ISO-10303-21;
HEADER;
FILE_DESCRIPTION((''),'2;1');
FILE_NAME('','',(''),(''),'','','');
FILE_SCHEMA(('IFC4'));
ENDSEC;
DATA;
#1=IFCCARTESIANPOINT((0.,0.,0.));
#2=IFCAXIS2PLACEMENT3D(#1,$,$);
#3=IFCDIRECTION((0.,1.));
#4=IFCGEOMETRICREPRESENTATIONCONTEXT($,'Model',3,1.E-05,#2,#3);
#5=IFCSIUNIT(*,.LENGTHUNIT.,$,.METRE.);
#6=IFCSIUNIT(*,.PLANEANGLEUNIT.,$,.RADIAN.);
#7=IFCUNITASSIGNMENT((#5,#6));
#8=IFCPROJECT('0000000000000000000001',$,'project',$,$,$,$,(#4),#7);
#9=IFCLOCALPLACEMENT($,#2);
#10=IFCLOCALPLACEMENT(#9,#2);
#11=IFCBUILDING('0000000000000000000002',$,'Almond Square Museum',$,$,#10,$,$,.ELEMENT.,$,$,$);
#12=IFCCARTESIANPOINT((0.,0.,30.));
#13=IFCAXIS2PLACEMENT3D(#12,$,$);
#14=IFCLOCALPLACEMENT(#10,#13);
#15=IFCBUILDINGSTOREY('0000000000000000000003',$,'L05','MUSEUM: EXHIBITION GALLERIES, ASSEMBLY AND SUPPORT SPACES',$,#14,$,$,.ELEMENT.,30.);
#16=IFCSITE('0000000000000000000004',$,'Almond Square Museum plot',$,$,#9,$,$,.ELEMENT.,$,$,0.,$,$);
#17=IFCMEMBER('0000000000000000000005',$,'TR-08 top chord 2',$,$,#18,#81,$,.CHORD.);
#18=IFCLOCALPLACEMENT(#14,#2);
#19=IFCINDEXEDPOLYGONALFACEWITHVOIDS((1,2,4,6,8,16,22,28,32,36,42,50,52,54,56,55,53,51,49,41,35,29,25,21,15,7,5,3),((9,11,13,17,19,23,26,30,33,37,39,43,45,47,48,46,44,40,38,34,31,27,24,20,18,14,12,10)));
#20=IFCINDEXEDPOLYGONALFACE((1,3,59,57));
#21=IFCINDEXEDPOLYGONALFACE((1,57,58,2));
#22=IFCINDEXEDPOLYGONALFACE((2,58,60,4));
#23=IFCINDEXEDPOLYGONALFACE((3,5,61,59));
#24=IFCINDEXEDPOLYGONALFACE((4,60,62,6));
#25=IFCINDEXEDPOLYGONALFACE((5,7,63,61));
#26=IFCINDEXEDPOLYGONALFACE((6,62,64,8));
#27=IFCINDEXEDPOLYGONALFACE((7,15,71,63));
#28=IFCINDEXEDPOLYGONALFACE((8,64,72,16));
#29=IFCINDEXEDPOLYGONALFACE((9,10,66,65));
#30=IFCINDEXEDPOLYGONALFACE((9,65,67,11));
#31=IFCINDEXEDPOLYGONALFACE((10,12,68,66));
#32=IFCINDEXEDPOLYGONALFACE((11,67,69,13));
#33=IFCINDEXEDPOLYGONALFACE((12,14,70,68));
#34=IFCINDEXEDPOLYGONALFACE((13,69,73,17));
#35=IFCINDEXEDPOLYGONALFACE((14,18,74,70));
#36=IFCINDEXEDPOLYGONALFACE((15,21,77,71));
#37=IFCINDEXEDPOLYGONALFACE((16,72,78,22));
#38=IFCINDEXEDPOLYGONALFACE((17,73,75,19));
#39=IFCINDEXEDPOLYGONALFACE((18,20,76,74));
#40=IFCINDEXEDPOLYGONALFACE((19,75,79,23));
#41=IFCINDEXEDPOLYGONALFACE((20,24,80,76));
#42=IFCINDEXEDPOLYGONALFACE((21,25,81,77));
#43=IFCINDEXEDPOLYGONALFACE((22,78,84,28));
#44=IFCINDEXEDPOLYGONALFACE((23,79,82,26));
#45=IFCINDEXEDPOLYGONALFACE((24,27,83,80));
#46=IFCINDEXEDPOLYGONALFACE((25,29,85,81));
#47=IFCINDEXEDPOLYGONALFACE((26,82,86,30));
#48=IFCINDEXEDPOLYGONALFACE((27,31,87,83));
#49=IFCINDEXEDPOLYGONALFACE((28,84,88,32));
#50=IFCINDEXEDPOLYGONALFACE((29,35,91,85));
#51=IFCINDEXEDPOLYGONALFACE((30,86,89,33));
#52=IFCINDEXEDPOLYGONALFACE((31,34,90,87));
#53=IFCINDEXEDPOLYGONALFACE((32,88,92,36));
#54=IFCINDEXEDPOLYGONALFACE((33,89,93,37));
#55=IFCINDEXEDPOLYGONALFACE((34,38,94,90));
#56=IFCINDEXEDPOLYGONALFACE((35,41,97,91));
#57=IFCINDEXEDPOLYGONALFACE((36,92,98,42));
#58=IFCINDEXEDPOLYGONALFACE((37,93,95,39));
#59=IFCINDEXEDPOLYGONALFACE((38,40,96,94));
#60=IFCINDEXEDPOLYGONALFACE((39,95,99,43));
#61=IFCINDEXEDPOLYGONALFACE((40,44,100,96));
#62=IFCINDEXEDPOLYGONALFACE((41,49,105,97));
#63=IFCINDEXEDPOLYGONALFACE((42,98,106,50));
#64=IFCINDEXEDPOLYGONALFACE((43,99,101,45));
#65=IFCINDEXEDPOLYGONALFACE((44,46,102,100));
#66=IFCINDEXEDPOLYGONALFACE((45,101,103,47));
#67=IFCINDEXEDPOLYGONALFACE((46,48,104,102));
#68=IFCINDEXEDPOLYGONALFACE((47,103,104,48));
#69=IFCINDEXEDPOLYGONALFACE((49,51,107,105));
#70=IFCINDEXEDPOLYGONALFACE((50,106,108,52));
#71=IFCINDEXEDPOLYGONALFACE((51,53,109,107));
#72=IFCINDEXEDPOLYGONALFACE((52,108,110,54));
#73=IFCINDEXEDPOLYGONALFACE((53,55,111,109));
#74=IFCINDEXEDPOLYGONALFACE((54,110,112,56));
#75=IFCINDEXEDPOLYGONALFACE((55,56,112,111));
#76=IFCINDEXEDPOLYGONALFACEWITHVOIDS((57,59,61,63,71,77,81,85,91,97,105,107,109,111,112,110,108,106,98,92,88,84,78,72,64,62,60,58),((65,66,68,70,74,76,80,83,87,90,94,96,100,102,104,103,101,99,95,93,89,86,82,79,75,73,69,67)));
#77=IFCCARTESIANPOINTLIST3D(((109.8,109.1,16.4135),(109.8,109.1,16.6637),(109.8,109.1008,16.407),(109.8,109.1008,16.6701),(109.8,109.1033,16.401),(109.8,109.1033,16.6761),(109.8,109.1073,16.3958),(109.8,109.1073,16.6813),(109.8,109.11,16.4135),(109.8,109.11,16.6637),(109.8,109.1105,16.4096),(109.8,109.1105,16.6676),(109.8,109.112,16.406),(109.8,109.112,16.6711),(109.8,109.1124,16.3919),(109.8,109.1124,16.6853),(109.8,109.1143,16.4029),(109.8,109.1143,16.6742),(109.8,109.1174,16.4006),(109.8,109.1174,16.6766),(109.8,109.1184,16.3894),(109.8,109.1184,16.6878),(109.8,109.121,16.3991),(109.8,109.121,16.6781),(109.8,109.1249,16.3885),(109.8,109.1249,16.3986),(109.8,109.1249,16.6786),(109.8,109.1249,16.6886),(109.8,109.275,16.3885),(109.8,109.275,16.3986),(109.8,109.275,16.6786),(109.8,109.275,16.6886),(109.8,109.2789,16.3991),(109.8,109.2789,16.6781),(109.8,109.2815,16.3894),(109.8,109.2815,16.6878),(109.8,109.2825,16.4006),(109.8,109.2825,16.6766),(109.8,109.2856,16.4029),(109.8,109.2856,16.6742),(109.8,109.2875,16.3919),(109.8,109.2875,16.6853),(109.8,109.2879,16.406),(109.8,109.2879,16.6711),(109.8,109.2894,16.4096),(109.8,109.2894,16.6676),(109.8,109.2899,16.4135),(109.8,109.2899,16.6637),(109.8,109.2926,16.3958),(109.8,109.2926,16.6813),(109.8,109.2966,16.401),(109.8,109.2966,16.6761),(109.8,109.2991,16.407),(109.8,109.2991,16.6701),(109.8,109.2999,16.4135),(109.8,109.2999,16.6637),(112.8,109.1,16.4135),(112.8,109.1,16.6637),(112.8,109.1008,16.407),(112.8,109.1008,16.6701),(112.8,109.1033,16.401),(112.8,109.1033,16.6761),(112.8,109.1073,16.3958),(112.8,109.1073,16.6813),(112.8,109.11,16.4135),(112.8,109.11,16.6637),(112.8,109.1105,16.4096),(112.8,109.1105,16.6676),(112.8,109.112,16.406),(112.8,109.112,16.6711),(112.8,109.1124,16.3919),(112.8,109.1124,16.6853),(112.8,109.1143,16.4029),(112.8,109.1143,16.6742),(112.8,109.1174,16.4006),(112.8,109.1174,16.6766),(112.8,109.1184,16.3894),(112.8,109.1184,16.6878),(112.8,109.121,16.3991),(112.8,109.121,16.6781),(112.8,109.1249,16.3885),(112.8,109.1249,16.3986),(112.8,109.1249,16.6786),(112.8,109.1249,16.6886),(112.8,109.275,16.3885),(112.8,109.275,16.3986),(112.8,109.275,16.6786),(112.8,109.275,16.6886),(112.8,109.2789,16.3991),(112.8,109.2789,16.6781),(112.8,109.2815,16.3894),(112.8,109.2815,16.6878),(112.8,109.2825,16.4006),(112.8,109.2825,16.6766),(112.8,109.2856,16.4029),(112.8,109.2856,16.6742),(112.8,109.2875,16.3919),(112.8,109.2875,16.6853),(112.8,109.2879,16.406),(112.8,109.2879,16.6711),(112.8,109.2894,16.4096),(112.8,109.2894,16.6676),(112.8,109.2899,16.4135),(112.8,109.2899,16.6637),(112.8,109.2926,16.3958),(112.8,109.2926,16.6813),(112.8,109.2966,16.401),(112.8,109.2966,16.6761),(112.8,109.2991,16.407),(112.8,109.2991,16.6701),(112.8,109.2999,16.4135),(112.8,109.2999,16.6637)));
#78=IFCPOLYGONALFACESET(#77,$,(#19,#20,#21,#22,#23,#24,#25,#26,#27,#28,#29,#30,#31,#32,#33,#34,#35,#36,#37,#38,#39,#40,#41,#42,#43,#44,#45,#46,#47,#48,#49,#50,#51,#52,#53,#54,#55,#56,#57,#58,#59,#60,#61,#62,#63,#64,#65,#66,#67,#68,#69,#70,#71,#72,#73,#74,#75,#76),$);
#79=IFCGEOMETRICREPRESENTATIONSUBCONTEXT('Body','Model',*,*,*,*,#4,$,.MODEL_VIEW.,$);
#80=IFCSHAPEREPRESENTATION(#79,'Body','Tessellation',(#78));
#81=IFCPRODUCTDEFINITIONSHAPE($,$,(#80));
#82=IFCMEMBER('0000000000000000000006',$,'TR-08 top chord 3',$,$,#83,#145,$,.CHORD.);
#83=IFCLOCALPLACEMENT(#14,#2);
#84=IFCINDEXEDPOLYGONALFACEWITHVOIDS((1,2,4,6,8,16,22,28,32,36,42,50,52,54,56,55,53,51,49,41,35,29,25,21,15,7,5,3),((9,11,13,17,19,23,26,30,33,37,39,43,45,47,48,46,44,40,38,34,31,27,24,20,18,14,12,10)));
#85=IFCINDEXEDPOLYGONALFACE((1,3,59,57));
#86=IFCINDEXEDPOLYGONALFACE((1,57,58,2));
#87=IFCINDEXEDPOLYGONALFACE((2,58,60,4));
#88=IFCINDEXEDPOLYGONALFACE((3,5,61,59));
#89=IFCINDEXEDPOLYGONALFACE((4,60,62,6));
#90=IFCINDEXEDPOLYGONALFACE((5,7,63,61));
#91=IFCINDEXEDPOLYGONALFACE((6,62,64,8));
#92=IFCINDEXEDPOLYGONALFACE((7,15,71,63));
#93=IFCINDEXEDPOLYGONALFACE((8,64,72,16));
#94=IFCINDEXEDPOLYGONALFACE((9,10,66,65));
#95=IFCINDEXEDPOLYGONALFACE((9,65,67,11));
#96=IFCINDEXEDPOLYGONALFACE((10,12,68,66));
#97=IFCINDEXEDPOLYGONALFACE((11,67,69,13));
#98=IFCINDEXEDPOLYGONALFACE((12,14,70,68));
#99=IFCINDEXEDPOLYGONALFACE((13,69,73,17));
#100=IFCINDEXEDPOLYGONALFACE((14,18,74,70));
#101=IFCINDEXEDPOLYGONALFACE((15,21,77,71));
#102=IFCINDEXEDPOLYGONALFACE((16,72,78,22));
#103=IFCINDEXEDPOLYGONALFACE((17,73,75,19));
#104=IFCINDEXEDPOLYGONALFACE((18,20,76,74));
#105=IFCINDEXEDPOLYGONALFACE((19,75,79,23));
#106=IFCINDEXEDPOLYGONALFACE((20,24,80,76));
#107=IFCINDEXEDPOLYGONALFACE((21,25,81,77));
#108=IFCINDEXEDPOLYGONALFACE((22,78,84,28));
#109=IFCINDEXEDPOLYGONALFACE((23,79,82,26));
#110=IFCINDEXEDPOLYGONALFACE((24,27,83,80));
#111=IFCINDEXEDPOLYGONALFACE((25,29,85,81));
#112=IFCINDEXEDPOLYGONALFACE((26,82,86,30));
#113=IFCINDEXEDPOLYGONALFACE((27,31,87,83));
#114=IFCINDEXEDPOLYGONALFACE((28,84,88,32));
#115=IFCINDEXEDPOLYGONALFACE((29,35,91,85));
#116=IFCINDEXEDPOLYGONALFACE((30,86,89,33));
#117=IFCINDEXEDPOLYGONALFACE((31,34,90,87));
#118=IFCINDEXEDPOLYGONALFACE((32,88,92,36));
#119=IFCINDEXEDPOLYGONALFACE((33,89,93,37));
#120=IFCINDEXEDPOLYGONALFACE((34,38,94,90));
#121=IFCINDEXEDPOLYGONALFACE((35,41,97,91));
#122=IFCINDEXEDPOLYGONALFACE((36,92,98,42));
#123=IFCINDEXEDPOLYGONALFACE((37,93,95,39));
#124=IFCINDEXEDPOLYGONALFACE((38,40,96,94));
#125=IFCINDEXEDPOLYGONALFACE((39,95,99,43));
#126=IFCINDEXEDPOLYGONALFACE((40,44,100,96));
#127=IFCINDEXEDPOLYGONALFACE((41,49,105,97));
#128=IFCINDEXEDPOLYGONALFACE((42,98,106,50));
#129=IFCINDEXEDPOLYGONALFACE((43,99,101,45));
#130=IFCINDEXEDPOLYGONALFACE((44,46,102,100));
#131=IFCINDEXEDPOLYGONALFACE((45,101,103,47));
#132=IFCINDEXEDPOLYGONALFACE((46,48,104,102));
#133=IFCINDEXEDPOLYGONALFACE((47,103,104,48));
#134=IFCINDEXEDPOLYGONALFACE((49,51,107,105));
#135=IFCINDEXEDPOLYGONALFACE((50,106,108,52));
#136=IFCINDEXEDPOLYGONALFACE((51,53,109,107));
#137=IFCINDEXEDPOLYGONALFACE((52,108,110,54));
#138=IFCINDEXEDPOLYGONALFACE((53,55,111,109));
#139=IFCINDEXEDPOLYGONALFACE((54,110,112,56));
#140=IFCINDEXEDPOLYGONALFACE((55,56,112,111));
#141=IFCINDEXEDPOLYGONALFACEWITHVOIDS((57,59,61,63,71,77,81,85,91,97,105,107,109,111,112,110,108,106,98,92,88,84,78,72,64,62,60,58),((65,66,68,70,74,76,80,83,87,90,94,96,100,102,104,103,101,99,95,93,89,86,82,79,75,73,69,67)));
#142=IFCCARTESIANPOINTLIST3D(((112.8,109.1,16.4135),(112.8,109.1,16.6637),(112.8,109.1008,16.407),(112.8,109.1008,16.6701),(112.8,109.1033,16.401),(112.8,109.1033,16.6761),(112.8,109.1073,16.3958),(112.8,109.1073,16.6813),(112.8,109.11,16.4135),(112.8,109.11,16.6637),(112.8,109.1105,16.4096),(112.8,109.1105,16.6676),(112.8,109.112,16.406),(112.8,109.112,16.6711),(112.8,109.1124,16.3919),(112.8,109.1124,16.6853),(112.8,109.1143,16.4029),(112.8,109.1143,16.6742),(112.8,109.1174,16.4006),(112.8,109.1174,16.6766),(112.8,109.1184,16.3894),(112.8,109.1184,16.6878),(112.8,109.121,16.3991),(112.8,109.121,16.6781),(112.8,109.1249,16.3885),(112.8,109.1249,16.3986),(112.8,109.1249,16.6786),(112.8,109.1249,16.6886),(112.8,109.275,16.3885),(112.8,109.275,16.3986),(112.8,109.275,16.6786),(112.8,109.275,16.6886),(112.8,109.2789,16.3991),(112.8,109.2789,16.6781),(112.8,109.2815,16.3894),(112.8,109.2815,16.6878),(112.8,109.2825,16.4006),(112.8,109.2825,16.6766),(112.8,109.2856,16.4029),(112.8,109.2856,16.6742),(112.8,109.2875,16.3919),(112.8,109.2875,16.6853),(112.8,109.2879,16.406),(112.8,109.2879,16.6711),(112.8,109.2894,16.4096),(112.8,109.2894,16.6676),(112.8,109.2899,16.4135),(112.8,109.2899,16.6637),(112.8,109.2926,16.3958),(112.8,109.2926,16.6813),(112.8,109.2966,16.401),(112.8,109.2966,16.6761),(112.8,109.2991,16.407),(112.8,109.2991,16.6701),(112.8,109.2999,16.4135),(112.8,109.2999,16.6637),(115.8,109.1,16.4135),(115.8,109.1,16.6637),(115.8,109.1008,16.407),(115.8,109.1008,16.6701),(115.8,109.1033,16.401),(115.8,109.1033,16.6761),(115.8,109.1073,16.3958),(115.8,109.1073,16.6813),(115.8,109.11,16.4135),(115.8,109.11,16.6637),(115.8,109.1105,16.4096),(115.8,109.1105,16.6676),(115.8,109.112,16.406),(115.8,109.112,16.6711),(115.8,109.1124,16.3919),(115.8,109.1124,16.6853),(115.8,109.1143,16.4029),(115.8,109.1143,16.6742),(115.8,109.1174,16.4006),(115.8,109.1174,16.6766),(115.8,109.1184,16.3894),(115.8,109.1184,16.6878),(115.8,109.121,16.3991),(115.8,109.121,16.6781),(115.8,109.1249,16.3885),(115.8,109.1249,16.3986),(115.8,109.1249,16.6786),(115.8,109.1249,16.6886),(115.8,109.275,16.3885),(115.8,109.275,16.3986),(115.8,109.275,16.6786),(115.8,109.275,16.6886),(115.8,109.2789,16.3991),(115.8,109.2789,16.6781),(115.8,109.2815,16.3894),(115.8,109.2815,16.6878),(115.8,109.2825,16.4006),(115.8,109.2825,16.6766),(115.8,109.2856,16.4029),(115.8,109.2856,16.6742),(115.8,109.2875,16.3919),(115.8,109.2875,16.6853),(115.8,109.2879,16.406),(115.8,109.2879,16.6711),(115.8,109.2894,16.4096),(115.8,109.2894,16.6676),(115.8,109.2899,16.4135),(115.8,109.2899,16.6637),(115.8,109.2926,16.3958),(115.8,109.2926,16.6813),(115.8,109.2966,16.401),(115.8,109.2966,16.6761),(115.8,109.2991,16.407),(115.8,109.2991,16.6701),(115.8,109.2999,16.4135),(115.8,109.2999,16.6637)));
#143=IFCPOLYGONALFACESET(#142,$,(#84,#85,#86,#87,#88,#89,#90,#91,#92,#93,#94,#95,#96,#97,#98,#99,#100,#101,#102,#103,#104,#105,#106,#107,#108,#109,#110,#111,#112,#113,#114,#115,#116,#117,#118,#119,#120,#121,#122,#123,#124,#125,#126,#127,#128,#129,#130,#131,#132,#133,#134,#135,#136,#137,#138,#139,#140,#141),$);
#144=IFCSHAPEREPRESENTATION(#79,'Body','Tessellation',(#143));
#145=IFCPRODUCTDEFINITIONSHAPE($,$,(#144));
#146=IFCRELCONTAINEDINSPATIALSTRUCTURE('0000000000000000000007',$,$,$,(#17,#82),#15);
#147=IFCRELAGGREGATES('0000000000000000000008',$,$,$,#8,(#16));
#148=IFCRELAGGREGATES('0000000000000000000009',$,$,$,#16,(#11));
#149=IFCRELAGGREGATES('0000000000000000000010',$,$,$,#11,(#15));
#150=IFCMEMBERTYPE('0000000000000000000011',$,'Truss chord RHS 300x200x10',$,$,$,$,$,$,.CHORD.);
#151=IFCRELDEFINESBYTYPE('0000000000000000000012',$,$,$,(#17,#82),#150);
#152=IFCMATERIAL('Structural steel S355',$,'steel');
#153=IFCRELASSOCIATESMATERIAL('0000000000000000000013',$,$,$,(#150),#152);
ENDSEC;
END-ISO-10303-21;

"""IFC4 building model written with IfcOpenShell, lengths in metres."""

from ifc_helpers import new_model, si_unit, direction, frame, origin, origin_2d, place, context, subcontext, project, spatial, hollow_rectangle, extrude, material, material_profile, profile_set, type_object, element, save


model = new_model("IFC4")

# Units and contexts
model_context = context("Model", 3, precision=1e-05, world=origin(), true_north=direction((0.0, 1.0)))
body_context = subcontext(model_context, "Body", "Model", "MODEL_VIEW")
ifc_project = project(units=[si_unit("LENGTHUNIT", "METRE"), si_unit("PLANEANGLEUNIT", "RADIAN")], contexts=[model_context])

# Site, building, storey
site_placement = place(None, origin())
site = spatial("IfcSite", under=ifc_project, at=site_placement, Name="Almond Square Museum plot", CompositionType="ELEMENT", RefElevation=0.0)
building_placement = place(site_placement, origin())
building = spatial("IfcBuilding", under=site, at=building_placement, Name="Almond Square Museum", CompositionType="ELEMENT")
storey_placement = place(building_placement, frame((0.0, 0.0, 30.0)))
storey = spatial("IfcBuildingStorey", under=building, at=storey_placement, Name="L05", Description="MUSEUM: EXHIBITION GALLERIES, ASSEMBLY AND SUPPORT SPACES", CompositionType="ELEMENT", Elevation=30.0)

# Members
ifc_material_1 = material(Name="Structural steel S355", Category="steel")
ifc_material_profile_1 = material_profile(ifc_material_1, hollow_rectangle(XDim=0.2, YDim=0.3, WallThickness=0.01, InnerFilletRadius=0.0149, OuterFilletRadius=0.0249, at=origin_2d()))
ifc_profile_set_1 = profile_set([ifc_material_profile_1], Name="Structural steel S355")
member_type_1 = type_object("IfcMemberType", Name="Truss chord RHS 300x200x10", PredefinedType="CHORD", material=ifc_profile_set_1)
for number, where, z_axis, x_axis, name in (
    (1, (109.8, 109.2, 16.5386), (1.0, 0.0, 0.0), (0.0, 1.0, 0.0), "TR-08 top chord 2"),
    (2, (112.8, 109.2, 16.5386), (1.0, 0.0, 0.0), (0.0, 1.0, 0.0), "TR-08 top chord 3"),
):
    element("IfcMember", number, at=place(storey_placement, frame(where, z_axis=z_axis, x_axis=x_axis)), inside=storey, type_object=member_type_1, Name=name, PredefinedType="CHORD", context=body_context, shape_type="SweptSolid", body=[
        extrude(hollow_rectangle(XDim=0.2, YDim=0.3, WallThickness=0.01, InnerFilletRadius=0.0149, OuterFilletRadius=0.0249, at=origin_2d()), origin(), (0.0, 0.0, 1.0), 3.0),
    ])

save(model, "model.ifc")
